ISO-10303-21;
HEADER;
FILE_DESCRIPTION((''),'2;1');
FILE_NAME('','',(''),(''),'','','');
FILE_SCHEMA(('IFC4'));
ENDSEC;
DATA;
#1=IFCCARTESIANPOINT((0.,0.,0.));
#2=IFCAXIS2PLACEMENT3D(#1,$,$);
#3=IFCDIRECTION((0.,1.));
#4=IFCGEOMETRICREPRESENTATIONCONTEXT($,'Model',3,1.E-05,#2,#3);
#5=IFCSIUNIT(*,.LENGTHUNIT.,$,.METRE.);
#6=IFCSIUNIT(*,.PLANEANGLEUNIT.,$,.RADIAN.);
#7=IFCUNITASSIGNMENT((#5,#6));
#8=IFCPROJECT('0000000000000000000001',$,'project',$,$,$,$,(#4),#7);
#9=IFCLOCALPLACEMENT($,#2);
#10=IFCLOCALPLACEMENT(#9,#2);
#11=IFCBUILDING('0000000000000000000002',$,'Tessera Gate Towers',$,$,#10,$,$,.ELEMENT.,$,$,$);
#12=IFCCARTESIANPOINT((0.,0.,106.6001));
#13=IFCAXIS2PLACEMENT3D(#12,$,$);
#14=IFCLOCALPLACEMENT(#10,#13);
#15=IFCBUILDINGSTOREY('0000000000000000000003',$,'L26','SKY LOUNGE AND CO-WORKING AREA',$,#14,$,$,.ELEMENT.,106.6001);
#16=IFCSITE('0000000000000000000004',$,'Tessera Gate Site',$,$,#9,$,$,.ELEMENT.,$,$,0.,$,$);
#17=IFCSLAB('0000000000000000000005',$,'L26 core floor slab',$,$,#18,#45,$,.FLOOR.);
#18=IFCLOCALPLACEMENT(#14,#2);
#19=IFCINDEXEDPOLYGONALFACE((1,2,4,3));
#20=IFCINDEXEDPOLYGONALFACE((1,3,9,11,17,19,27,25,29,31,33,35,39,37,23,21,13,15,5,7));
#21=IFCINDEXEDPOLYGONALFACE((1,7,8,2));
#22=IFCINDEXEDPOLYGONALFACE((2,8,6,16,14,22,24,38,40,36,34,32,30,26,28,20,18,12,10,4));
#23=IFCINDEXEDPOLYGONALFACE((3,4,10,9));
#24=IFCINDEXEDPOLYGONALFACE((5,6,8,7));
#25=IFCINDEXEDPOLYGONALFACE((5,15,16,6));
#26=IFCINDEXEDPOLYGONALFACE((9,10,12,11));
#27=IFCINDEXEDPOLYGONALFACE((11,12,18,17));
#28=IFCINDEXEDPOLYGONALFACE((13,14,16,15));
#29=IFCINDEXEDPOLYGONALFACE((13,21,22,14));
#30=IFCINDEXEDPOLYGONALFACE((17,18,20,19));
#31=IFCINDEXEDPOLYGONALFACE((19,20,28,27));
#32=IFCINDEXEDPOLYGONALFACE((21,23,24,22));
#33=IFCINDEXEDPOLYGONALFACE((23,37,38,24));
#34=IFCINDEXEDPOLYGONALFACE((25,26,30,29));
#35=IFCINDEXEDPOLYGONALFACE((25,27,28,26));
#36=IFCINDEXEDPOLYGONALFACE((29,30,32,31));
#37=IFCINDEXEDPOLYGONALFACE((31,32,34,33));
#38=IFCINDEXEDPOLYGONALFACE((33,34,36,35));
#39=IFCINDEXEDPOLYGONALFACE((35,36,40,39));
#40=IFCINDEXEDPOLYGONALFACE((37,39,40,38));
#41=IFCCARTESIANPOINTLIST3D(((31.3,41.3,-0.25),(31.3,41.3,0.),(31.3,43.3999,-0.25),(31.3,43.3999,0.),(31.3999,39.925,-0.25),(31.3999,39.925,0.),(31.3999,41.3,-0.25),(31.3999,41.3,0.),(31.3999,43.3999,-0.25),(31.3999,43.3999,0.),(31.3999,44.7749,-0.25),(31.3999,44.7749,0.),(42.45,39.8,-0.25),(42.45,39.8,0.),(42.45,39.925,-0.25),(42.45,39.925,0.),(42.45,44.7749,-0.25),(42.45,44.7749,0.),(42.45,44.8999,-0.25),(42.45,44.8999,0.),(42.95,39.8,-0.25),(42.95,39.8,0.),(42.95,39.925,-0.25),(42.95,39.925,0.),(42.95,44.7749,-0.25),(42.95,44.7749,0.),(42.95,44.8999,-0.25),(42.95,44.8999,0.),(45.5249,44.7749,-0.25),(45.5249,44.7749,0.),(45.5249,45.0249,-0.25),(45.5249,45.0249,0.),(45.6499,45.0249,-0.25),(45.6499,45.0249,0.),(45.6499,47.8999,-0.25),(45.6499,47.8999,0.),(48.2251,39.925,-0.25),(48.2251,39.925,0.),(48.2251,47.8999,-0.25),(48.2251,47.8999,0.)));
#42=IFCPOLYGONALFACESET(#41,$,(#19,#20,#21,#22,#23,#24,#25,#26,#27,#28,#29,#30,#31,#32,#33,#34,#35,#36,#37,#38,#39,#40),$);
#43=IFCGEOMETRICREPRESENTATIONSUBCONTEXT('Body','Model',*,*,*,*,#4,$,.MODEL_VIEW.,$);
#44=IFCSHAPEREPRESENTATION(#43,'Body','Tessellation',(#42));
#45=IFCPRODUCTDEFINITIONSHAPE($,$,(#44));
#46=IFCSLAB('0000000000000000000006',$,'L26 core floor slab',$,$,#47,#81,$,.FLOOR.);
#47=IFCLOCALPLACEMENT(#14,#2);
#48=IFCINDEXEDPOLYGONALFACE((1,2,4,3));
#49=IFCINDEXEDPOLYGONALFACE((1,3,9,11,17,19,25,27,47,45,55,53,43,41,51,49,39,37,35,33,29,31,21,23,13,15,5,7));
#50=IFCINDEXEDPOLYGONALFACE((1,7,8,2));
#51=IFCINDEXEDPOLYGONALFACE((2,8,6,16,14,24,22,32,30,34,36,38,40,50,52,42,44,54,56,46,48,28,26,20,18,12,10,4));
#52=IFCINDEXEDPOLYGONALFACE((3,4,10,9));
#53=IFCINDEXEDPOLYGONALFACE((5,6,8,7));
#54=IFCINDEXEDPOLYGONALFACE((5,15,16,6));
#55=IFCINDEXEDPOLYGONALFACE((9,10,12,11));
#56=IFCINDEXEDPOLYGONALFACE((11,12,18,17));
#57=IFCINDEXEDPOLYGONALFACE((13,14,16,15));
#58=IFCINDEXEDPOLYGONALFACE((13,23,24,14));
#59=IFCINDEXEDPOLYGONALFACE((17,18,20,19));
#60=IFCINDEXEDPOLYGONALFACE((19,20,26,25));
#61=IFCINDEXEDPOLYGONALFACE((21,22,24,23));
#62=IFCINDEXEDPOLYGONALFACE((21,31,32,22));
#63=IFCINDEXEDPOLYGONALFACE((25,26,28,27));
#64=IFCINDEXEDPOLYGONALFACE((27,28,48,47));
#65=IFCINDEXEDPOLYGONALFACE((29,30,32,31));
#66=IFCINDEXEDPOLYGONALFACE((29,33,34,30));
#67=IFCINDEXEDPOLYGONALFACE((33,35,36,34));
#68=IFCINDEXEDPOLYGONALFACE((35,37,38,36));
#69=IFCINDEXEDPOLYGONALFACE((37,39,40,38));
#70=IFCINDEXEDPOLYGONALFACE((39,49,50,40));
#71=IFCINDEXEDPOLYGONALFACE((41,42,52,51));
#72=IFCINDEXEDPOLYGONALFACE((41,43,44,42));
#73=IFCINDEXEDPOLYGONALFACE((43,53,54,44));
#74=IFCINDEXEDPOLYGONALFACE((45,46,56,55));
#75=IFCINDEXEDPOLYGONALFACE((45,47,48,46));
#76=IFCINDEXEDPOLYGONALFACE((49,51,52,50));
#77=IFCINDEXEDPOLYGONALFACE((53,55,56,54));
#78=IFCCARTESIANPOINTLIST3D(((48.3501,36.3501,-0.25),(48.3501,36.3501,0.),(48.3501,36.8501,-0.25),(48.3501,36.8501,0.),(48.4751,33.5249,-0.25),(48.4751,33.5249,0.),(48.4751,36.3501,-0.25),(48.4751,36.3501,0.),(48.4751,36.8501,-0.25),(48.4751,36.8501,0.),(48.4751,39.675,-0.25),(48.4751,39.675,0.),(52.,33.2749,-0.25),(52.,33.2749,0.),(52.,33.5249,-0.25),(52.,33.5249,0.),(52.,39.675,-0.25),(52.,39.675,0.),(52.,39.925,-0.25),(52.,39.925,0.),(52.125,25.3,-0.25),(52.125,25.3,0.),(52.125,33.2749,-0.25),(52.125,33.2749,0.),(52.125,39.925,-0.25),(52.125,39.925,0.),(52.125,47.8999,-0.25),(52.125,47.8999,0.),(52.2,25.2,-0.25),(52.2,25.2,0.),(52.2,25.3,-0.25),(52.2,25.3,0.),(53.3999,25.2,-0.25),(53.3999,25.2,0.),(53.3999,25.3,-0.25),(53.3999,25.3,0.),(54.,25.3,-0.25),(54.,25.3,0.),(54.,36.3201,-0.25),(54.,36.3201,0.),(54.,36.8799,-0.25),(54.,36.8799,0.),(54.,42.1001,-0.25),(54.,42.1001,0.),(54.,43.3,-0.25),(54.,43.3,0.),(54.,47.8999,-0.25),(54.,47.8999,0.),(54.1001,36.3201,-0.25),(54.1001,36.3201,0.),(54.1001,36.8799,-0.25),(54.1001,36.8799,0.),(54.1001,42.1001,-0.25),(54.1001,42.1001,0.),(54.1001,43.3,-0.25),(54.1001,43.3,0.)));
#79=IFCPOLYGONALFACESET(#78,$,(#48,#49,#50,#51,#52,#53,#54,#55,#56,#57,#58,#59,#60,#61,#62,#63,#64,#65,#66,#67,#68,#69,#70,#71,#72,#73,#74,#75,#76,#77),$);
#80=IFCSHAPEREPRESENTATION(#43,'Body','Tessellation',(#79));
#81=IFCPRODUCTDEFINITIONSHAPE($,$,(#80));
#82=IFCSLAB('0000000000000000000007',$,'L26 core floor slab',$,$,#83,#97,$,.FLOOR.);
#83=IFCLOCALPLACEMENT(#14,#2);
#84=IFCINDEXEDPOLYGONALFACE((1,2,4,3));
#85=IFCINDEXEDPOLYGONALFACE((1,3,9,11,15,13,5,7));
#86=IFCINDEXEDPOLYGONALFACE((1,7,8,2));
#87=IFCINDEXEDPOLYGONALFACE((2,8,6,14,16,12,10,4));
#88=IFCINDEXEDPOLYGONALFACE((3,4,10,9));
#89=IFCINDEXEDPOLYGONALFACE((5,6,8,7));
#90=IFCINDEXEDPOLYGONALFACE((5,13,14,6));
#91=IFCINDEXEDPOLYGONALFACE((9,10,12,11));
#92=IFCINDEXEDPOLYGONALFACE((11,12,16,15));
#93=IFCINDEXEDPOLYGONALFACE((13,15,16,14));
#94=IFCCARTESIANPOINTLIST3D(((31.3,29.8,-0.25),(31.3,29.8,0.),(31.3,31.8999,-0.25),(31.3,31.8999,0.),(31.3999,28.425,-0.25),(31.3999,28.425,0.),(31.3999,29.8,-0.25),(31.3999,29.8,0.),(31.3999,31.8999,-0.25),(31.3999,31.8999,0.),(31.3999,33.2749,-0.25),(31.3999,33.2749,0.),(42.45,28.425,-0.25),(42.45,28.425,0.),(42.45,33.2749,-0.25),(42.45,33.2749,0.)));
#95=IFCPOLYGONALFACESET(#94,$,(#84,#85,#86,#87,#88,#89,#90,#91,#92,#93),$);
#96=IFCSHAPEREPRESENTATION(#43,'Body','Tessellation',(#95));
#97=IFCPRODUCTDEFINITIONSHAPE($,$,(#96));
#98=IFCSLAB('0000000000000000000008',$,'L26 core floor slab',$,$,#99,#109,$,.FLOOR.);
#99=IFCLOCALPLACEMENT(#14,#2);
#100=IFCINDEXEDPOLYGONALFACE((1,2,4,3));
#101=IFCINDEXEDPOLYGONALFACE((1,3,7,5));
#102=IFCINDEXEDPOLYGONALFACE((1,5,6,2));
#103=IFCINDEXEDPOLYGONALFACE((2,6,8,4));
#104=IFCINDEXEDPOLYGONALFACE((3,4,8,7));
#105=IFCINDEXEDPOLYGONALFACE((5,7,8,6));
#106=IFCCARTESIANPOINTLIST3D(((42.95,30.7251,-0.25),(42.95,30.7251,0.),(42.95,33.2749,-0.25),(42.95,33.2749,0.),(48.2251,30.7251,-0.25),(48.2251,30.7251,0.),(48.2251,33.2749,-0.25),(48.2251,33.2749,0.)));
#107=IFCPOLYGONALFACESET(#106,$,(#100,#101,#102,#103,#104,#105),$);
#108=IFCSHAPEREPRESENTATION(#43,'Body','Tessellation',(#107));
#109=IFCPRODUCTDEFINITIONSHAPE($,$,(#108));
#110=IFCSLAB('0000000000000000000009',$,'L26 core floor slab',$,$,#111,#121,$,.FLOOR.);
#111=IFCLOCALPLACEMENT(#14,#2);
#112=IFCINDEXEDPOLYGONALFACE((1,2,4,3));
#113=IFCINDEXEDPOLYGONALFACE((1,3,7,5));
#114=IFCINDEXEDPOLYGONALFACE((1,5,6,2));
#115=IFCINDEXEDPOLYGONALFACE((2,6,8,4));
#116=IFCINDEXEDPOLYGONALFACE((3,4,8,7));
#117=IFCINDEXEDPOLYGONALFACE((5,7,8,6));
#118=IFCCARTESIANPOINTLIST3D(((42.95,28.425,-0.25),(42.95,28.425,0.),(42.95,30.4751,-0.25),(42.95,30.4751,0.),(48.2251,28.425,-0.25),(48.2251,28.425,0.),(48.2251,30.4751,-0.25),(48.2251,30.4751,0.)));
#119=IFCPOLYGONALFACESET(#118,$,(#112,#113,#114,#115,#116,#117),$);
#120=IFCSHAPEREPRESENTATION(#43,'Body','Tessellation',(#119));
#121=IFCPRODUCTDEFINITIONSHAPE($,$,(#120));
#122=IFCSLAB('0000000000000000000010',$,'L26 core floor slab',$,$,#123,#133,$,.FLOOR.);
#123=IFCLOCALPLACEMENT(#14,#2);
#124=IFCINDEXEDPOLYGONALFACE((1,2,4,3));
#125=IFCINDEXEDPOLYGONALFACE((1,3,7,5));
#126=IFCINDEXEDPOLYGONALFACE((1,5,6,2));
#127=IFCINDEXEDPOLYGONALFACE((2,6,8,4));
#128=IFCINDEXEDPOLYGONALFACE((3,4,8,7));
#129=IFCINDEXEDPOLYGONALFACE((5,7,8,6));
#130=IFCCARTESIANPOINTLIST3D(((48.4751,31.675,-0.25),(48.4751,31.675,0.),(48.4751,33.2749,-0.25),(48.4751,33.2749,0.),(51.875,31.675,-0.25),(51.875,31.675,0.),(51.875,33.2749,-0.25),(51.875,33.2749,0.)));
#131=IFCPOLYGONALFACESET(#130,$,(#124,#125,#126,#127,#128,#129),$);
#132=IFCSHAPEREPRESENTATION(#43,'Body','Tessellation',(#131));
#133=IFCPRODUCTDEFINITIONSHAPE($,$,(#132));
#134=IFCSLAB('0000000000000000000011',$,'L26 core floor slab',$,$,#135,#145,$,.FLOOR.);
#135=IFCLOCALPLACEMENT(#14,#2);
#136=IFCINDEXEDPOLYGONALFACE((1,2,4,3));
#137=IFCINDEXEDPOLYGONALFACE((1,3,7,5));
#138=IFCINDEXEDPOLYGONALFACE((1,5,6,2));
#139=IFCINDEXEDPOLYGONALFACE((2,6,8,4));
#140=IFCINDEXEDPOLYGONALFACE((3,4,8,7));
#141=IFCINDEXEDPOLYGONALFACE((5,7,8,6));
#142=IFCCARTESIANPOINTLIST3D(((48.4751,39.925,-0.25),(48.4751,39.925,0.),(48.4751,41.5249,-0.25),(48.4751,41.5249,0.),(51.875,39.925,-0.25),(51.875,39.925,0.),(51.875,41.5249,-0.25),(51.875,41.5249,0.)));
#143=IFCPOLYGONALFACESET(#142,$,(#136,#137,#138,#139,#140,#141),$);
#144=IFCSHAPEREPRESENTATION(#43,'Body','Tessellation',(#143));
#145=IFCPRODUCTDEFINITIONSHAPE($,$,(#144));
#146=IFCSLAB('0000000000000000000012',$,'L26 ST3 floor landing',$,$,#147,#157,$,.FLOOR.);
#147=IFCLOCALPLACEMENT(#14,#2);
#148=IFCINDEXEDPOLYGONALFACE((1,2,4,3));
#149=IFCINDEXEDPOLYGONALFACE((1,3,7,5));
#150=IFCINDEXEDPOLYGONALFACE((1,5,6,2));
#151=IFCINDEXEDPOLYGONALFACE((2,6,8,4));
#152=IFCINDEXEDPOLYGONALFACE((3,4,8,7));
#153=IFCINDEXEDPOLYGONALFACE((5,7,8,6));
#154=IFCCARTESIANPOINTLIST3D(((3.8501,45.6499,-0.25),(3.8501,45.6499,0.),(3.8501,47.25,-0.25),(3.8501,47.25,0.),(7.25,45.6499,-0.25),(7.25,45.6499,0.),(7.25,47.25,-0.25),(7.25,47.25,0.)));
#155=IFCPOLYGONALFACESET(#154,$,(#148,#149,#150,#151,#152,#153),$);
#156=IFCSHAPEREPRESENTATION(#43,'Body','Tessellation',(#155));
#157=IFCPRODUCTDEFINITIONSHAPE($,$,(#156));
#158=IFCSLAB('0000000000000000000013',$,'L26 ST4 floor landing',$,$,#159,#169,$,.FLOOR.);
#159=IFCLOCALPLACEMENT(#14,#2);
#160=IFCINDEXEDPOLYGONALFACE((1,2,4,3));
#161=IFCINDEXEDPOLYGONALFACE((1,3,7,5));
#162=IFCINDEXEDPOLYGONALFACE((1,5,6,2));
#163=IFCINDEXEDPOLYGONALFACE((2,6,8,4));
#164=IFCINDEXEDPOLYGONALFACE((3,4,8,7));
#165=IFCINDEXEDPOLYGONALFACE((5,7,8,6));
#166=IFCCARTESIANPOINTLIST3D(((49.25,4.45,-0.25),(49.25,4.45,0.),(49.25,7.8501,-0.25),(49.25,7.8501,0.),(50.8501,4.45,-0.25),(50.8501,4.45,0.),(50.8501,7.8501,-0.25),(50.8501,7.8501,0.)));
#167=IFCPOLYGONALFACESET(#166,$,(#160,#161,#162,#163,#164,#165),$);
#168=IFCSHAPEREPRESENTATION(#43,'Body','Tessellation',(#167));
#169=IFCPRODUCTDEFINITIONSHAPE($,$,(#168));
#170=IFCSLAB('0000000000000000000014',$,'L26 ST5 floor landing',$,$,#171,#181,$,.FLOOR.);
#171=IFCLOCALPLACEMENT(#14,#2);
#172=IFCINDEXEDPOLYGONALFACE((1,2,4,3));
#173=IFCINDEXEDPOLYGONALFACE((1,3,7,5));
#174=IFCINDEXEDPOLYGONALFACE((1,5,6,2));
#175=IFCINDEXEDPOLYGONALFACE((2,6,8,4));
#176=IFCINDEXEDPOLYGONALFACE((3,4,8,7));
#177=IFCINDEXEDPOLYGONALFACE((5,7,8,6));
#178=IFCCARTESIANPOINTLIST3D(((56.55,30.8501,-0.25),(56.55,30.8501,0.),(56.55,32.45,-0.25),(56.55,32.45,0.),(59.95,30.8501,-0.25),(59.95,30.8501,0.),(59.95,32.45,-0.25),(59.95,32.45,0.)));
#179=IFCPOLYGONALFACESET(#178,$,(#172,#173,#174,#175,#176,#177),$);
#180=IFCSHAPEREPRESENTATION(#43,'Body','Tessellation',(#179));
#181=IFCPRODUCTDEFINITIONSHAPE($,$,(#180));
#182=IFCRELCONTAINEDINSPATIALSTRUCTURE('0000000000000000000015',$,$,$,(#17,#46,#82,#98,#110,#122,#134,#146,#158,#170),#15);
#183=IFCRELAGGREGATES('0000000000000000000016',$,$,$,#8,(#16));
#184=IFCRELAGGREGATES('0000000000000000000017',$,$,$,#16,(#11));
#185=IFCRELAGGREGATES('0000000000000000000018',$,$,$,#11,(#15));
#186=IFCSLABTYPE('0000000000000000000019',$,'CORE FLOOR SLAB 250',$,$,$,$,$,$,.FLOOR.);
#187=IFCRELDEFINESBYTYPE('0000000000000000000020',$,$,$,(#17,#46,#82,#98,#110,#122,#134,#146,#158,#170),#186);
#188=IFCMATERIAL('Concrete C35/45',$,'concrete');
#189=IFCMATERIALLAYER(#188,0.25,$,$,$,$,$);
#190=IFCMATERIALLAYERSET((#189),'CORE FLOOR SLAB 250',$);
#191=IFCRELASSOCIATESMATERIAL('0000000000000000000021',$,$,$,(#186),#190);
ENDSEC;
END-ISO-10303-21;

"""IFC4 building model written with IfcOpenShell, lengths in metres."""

from ifc_helpers import new_model, si_unit, direction, frame, origin, place, context, subcontext, project, spatial, polyline, outline, extrude, material, layer, layer_set, type_object, element, save


model = new_model("IFC4")

# Units and contexts
model_context = context("Model", 3, precision=1e-05, world=origin(), true_north=direction((0.0, 1.0)))
body_context = subcontext(model_context, "Body", "Model", "MODEL_VIEW")
ifc_project = project(units=[si_unit("LENGTHUNIT", "METRE"), si_unit("PLANEANGLEUNIT", "RADIAN")], contexts=[model_context])

# Site, building, storey
site_placement = place(None, origin())
site = spatial("IfcSite", under=ifc_project, at=site_placement, Name="Tessera Gate Site", CompositionType="ELEMENT", RefElevation=0.0)
building_placement = place(site_placement, origin())
building = spatial("IfcBuilding", under=site, at=building_placement, Name="Tessera Gate Towers", CompositionType="ELEMENT")
storey_placement = place(building_placement, frame((0.0, 0.0, 106.6001)))
storey = spatial("IfcBuildingStorey", under=building, at=storey_placement, Name="L26", Description="SKY LOUNGE AND CO-WORKING AREA", CompositionType="ELEMENT", Elevation=106.6001)

# Slabs
ifc_material_1 = material(Name="Concrete C35/45", Category="concrete")
ifc_layer_1 = layer(ifc_material_1, 0.25)
ifc_layer_set_1 = layer_set([ifc_layer_1], Name="CORE FLOOR SLAB 250")
slab_type_1 = type_object("IfcSlabType", Name="CORE FLOOR SLAB 250", PredefinedType="FLOOR", material=ifc_layer_set_1)
slab_1_placement = place(storey_placement, frame((0.0, 0.0, -0.25)))
element("IfcSlab", 1, at=slab_1_placement, inside=storey, type_object=slab_type_1, Name="L26 core floor slab", PredefinedType="FLOOR", context=body_context, shape_type="SweptSolid", body=[
    extrude(outline(polyline([(42.45, 44.8999), (42.45, 44.7749), (31.3999, 44.7749), (31.3999, 43.3999), (31.3, 43.3999), (31.3, 41.3), (31.3999, 41.3), (31.3999, 39.925), (42.45, 39.925), (42.45, 39.8), (42.95, 39.8), (42.95, 39.925), (48.2251, 39.925), (48.2251, 47.8999), (45.6499, 47.8999), (45.6499, 45.0249), (45.5249, 45.0249), (45.5249, 44.7749), (42.95, 44.7749), (42.95, 44.8999), (42.45, 44.8999)])), origin(), (0.0, 0.0, 1.0), 0.25),
])
slab_2_placement = place(storey_placement, frame((0.0, 0.0, -0.25)))
element("IfcSlab", 2, at=slab_2_placement, inside=storey, type_object=slab_type_1, Name="L26 core floor slab", PredefinedType="FLOOR", context=body_context, shape_type="SweptSolid", body=[
    extrude(outline(polyline([(48.3501, 36.8501), (48.3501, 36.3501), (48.4751, 36.3501), (48.4751, 33.5249), (52.0, 33.5249), (52.0, 33.2749), (52.125, 33.2749), (52.125, 25.3), (52.2, 25.3), (52.2, 25.2), (53.3999, 25.2), (53.3999, 25.3), (54.0, 25.3), (54.0, 36.3201), (54.1001, 36.3201), (54.1001, 36.8799), (54.0, 36.8799), (54.0, 42.1001), (54.1001, 42.1001), (54.1001, 43.3), (54.0, 43.3), (54.0, 47.8999), (52.125, 47.8999), (52.125, 39.925), (52.0, 39.925), (52.0, 39.675), (48.4751, 39.675), (48.4751, 36.8501), (48.3501, 36.8501)])), origin(), (0.0, 0.0, 1.0), 0.25),
])
slab_3_placement = place(storey_placement, frame((0.0, 0.0, -0.25)))
element("IfcSlab", 3, at=slab_3_placement, inside=storey, type_object=slab_type_1, Name="L26 core floor slab", PredefinedType="FLOOR", context=body_context, shape_type="SweptSolid", body=[
    extrude(outline(polyline([(31.3999, 33.2749), (31.3999, 31.8999), (31.3, 31.8999), (31.3, 29.8), (31.3999, 29.8), (31.3999, 28.425), (42.45, 28.425), (42.45, 33.2749), (31.3999, 33.2749)])), origin(), (0.0, 0.0, 1.0), 0.25),
])
slab_4_placement = place(storey_placement, frame((0.0, 0.0, -0.25)))
element("IfcSlab", 4, at=slab_4_placement, inside=storey, type_object=slab_type_1, Name="L26 core floor slab", PredefinedType="FLOOR", context=body_context, shape_type="SweptSolid", body=[
    extrude(outline(polyline([(42.95, 33.2749), (42.95, 30.7251), (48.2251, 30.7251), (48.2251, 33.2749), (42.95, 33.2749)])), origin(), (0.0, 0.0, 1.0), 0.25),
])
slab_5_placement = place(storey_placement, frame((0.0, 0.0, -0.25)))
element("IfcSlab", 5, at=slab_5_placement, inside=storey, type_object=slab_type_1, Name="L26 core floor slab", PredefinedType="FLOOR", context=body_context, shape_type="SweptSolid", body=[
    extrude(outline(polyline([(42.95, 30.4751), (42.95, 28.425), (48.2251, 28.425), (48.2251, 30.4751), (42.95, 30.4751)])), origin(), (0.0, 0.0, 1.0), 0.25),
])
slab_6_placement = place(storey_placement, frame((0.0, 0.0, -0.25)))
element("IfcSlab", 6, at=slab_6_placement, inside=storey, type_object=slab_type_1, Name="L26 core floor slab", PredefinedType="FLOOR", context=body_context, shape_type="SweptSolid", body=[
    extrude(outline(polyline([(48.4751, 33.2749), (48.4751, 31.675), (51.875, 31.675), (51.875, 33.2749), (48.4751, 33.2749)])), origin(), (0.0, 0.0, 1.0), 0.25),
])
slab_7_placement = place(storey_placement, frame((0.0, 0.0, -0.25)))
element("IfcSlab", 7, at=slab_7_placement, inside=storey, type_object=slab_type_1, Name="L26 core floor slab", PredefinedType="FLOOR", context=body_context, shape_type="SweptSolid", body=[
    extrude(outline(polyline([(48.4751, 41.5249), (48.4751, 39.925), (51.875, 39.925), (51.875, 41.5249), (48.4751, 41.5249)])), origin(), (0.0, 0.0, 1.0), 0.25),
])
slab_8_placement = place(storey_placement, frame((0.0, 0.0, -0.25)))
element("IfcSlab", 8, at=slab_8_placement, inside=storey, type_object=slab_type_1, Name="L26 ST3 floor landing", PredefinedType="FLOOR", context=body_context, shape_type="SweptSolid", body=[
    extrude(outline(polyline([(3.8501, 47.25), (3.8501, 45.6499), (7.25, 45.6499), (7.25, 47.25), (3.8501, 47.25)])), origin(), (0.0, 0.0, 1.0), 0.25),
])
slab_9_placement = place(storey_placement, frame((0.0, 0.0, -0.25)))
element("IfcSlab", 9, at=slab_9_placement, inside=storey, type_object=slab_type_1, Name="L26 ST4 floor landing", PredefinedType="FLOOR", context=body_context, shape_type="SweptSolid", body=[
    extrude(outline(polyline([(49.25, 4.45), (50.8501, 4.45), (50.8501, 7.8501), (49.25, 7.8501), (49.25, 4.45)])), origin(), (0.0, 0.0, 1.0), 0.25),
])
slab_10_placement = place(storey_placement, frame((0.0, 0.0, -0.25)))
element("IfcSlab", 10, at=slab_10_placement, inside=storey, type_object=slab_type_1, Name="L26 ST5 floor landing", PredefinedType="FLOOR", context=body_context, shape_type="SweptSolid", body=[
    extrude(outline(polyline([(59.95, 30.8501), (59.95, 32.45), (56.55, 32.45), (56.55, 30.8501), (59.95, 30.8501)])), origin(), (0.0, 0.0, 1.0), 0.25),
])

save(model, "model.ifc")
